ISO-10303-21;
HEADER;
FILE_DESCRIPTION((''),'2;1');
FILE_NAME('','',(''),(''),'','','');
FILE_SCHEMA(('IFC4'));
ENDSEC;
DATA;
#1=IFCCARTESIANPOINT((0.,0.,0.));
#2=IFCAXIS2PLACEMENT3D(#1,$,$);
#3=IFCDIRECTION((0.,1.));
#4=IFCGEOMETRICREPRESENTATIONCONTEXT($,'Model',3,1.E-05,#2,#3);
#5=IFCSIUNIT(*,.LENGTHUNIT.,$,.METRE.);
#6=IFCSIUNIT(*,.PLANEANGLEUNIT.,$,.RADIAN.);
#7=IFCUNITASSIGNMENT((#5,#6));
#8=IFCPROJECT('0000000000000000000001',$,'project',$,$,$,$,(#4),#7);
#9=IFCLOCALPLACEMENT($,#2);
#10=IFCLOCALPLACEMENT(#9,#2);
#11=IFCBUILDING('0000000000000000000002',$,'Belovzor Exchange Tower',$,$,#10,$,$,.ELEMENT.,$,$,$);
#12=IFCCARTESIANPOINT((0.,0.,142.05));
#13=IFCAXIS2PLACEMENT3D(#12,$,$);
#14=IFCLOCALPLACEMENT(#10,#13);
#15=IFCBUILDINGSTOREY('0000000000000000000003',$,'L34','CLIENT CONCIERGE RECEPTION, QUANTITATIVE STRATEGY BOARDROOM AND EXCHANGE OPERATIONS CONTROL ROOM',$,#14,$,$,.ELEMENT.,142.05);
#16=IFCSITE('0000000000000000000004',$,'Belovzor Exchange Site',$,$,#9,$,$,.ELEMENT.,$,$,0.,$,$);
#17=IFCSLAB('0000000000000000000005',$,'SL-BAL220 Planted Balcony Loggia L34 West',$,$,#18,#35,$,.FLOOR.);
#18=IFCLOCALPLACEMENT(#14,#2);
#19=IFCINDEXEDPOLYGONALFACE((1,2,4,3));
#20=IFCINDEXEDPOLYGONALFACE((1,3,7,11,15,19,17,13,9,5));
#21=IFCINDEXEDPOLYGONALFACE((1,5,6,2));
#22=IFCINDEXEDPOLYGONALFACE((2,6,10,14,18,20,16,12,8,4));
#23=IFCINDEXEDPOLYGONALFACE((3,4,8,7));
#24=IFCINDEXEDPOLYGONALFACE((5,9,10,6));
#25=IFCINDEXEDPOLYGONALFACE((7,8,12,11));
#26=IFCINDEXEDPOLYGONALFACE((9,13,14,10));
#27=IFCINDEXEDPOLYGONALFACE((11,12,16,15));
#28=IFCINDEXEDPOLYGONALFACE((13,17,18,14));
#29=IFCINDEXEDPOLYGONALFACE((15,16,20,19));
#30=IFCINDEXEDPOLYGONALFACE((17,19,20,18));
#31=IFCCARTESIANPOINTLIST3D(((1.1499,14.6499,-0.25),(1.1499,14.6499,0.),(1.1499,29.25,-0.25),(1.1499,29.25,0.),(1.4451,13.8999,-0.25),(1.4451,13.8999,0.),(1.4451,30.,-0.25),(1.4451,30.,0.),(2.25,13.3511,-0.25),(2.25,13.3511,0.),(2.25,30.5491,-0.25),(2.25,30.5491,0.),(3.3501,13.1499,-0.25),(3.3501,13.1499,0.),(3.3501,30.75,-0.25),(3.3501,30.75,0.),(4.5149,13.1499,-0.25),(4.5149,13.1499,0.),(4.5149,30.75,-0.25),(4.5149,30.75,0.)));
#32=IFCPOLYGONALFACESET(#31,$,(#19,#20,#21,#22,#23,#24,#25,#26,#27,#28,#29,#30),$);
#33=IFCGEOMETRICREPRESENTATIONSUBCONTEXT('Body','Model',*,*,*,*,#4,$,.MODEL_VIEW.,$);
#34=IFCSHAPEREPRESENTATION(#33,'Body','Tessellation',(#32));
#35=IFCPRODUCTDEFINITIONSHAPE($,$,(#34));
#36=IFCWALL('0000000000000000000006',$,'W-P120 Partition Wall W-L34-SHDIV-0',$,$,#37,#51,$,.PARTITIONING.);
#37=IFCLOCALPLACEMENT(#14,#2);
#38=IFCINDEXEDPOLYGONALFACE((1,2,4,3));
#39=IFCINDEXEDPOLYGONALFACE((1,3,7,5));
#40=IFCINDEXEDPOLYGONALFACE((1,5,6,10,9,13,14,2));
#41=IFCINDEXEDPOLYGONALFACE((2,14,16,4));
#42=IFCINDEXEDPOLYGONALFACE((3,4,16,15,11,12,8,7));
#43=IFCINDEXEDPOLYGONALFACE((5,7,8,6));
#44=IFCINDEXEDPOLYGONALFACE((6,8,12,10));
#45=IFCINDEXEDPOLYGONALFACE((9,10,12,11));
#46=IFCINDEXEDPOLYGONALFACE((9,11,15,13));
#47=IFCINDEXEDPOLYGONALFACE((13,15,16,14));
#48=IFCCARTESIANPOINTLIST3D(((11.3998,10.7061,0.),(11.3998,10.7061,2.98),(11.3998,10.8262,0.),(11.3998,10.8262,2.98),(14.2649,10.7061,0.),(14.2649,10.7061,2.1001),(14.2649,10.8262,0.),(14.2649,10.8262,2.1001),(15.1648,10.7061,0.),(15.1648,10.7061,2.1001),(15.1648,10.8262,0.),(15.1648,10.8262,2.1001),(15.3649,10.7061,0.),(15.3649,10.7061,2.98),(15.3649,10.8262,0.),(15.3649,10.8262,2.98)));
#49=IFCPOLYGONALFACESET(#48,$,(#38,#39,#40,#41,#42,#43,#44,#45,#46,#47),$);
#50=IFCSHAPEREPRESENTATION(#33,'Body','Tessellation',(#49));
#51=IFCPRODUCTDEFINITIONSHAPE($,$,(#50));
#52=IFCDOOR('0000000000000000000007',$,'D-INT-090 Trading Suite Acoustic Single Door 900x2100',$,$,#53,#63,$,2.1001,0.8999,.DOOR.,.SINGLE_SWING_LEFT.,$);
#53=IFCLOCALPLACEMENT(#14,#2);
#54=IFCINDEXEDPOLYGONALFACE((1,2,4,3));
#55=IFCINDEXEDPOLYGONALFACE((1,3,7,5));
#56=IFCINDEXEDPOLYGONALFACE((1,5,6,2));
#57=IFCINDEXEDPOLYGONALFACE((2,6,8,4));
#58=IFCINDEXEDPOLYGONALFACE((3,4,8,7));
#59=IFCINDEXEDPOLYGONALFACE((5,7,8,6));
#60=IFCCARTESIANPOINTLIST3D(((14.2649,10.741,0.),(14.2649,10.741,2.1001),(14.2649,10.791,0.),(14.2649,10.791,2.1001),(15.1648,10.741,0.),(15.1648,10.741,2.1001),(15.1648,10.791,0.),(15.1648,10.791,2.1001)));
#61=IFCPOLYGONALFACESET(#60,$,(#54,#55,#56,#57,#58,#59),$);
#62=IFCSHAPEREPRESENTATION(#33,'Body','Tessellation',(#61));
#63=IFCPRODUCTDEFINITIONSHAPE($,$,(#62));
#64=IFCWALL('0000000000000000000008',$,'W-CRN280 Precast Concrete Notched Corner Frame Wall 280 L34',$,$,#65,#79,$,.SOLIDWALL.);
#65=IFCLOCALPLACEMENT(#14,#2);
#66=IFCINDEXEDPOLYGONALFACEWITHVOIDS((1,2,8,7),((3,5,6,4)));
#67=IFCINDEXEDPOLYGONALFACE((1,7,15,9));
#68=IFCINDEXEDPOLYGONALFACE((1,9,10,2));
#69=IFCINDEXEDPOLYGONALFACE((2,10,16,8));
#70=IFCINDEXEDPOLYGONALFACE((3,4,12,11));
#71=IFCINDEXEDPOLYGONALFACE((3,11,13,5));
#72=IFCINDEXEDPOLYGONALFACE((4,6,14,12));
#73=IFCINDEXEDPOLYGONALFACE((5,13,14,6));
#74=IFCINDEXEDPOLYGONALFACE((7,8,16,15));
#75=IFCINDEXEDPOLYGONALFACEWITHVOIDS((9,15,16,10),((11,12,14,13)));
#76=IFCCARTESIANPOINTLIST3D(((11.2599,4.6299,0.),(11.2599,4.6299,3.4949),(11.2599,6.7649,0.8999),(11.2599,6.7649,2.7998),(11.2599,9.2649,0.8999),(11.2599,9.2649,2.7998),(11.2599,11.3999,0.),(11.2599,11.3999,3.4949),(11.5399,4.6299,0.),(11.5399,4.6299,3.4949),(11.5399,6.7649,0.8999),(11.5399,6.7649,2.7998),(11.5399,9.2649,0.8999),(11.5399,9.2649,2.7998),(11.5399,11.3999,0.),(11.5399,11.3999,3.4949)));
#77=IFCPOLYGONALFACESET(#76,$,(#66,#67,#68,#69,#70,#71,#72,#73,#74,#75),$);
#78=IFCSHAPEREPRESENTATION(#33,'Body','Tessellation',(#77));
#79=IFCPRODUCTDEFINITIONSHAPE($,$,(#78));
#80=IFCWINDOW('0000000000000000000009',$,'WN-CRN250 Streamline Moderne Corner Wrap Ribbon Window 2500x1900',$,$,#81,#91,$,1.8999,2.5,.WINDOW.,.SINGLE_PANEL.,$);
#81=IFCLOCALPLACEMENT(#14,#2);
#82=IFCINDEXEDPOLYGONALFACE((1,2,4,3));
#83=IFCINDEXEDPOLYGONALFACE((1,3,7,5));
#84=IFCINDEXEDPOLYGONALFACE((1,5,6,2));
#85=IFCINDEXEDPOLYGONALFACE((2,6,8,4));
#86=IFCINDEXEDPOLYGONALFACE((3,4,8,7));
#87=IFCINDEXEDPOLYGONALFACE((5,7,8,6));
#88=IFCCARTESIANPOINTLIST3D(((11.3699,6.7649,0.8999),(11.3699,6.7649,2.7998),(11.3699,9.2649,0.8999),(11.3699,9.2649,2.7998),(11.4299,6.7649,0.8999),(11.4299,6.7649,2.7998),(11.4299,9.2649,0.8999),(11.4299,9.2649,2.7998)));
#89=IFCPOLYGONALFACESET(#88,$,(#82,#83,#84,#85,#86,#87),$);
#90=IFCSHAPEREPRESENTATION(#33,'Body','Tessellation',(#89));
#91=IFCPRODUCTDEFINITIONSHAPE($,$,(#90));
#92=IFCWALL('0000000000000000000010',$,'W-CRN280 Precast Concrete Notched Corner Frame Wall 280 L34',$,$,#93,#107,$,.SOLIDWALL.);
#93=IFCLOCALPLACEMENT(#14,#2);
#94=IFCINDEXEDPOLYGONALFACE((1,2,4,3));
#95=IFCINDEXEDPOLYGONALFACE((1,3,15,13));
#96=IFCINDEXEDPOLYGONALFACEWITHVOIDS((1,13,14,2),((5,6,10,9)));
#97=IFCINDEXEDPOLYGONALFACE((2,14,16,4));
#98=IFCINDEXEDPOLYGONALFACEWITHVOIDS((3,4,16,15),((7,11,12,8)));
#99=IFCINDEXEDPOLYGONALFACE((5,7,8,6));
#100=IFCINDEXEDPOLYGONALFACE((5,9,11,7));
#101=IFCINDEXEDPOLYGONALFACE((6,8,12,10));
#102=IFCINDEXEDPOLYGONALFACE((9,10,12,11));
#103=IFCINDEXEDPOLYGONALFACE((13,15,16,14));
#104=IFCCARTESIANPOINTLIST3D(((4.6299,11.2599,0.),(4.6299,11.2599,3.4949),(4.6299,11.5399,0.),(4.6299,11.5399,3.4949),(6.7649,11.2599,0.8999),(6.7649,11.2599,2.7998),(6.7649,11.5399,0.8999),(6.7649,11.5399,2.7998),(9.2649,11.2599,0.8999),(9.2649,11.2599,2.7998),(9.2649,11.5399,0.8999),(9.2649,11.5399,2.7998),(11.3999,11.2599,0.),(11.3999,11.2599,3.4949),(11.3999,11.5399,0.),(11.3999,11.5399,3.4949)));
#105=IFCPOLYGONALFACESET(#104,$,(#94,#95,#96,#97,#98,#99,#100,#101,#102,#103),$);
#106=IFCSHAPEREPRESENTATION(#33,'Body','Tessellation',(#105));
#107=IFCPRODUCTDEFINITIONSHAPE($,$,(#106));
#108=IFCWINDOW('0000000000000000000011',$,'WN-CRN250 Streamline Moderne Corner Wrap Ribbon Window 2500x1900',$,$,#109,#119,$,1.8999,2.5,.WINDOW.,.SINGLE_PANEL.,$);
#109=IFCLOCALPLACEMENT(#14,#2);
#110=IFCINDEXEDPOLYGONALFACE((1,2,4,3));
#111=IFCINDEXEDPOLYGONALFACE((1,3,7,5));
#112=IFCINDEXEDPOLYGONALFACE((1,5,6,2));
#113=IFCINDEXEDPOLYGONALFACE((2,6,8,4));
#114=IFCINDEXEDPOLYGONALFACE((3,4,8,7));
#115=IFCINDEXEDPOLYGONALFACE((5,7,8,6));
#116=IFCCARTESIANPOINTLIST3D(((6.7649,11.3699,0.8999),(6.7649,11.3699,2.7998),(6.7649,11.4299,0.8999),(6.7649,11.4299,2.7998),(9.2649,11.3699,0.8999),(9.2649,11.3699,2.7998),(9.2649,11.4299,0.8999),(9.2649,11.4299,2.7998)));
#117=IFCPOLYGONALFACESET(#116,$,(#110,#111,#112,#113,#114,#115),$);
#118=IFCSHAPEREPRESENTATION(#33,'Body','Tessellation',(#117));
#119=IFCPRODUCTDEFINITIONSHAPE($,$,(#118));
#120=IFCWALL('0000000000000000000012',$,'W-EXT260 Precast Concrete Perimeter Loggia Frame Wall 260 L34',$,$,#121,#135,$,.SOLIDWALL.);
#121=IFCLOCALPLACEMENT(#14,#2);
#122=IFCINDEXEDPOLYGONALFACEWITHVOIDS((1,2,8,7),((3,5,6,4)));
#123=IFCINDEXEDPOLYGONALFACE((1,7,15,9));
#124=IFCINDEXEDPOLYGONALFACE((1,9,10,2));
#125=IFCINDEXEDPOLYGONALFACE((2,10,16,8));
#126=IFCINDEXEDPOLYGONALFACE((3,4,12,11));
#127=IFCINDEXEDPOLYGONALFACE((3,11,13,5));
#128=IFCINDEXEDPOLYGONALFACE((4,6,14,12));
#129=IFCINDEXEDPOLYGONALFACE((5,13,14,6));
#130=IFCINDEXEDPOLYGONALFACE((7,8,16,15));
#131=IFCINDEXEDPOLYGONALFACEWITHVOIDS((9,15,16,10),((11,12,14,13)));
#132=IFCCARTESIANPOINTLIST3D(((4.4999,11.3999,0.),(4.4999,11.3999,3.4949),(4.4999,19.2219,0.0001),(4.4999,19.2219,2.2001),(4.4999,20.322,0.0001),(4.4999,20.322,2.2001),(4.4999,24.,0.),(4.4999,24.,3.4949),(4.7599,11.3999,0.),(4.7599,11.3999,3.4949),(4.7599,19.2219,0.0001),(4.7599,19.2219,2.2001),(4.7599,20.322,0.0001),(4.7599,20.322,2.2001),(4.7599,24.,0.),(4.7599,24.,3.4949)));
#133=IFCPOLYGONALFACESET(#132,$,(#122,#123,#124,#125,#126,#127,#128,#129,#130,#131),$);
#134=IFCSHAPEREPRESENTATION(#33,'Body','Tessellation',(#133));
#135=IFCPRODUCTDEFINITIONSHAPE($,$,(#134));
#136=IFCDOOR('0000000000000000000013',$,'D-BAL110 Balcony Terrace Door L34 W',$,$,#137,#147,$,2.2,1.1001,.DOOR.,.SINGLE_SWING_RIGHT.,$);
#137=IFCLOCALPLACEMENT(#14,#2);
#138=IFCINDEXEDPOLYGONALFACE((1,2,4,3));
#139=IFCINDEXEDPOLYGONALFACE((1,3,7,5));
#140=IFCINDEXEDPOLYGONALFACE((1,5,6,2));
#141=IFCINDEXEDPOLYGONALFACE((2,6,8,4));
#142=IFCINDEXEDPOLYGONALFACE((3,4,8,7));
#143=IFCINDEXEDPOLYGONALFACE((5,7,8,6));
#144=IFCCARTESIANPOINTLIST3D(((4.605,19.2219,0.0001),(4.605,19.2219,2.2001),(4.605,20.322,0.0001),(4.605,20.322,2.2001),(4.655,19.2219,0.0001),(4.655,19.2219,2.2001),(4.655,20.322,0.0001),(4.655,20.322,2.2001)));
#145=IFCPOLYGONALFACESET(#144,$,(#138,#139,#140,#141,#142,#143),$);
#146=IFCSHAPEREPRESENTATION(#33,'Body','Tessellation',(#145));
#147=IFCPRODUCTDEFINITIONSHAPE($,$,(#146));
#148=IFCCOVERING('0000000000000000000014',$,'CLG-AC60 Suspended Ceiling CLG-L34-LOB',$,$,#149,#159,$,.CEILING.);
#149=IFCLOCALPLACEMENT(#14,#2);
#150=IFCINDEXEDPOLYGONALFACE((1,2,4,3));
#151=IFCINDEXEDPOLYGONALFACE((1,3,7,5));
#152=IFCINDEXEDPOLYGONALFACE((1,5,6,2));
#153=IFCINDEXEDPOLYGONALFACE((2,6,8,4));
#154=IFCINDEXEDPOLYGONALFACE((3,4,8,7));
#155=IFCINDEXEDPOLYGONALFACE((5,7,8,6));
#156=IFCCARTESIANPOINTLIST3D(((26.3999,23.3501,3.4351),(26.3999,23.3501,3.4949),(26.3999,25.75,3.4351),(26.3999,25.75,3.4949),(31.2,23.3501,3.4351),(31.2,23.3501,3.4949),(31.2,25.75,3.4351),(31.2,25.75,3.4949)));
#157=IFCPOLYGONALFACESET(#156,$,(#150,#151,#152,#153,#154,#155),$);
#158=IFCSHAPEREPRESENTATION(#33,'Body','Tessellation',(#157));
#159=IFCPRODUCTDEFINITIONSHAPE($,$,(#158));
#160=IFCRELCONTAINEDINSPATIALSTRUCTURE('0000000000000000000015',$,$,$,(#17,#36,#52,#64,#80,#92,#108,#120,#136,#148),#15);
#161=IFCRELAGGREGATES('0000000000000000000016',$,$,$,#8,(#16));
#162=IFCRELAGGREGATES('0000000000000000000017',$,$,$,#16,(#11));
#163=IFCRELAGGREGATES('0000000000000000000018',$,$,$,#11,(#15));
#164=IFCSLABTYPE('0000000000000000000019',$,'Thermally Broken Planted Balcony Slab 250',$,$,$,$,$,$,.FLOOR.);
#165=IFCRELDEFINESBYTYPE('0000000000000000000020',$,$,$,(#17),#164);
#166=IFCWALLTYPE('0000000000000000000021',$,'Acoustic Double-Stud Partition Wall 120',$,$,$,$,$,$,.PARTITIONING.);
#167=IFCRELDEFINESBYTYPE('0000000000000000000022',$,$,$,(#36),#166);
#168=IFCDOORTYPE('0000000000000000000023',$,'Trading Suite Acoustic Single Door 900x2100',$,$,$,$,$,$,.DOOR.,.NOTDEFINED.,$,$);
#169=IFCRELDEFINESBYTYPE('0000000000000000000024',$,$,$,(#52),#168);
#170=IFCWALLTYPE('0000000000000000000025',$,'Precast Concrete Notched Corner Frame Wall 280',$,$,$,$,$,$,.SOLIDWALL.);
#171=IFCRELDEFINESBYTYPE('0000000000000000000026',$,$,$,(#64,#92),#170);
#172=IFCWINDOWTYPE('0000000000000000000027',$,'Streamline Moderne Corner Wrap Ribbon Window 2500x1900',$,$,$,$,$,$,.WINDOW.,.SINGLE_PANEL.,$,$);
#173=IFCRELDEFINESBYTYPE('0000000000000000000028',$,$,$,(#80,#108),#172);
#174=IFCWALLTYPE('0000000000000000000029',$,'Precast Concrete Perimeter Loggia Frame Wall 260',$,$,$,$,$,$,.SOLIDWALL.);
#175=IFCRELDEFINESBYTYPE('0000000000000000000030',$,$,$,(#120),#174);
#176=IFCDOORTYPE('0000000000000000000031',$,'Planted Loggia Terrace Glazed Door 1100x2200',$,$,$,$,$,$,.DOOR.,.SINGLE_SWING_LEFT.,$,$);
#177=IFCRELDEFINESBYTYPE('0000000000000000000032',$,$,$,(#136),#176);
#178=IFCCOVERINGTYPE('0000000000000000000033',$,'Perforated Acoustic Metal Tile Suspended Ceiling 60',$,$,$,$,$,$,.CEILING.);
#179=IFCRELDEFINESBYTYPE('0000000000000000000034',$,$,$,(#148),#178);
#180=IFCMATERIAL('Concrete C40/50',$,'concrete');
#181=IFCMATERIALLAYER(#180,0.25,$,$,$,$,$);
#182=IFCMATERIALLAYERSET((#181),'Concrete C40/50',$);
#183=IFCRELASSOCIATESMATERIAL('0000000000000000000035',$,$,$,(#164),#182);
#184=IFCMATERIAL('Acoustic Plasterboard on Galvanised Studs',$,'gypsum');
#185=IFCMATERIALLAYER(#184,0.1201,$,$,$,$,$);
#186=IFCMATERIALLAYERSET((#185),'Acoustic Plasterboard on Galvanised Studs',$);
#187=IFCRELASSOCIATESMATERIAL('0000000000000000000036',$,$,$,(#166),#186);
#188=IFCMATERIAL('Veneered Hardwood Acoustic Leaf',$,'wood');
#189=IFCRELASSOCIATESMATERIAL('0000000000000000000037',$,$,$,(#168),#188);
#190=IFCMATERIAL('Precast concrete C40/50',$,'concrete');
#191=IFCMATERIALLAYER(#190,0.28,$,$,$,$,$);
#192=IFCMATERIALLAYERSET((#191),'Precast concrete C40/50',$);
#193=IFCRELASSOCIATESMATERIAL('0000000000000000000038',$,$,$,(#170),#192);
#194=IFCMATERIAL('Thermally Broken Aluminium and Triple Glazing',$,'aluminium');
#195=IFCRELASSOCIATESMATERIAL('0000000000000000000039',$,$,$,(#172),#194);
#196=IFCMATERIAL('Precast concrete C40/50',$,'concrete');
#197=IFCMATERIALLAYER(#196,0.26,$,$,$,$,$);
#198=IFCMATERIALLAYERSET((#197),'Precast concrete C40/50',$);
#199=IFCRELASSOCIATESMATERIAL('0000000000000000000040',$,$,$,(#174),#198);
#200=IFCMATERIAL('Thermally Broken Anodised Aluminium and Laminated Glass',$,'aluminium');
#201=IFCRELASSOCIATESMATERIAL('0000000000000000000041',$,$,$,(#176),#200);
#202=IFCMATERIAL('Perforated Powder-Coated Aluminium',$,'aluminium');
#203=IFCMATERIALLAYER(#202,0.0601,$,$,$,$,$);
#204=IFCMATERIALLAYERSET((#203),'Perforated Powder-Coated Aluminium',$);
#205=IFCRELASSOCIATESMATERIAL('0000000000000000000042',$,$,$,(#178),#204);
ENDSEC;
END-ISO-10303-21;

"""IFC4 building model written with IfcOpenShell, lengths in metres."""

from ifc_helpers import new_model, si_unit, direction, frame, frame_2d, origin, place, context, subcontext, project, spatial, polyline, rectangle, outline, extrude, material, layer, layer_set, type_object, element, fill, save


model = new_model("IFC4")

# Units and contexts
model_context = context("Model", 3, precision=1e-05, world=origin(), true_north=direction((0.0, 1.0)))
body_context = subcontext(model_context, "Body", "Model", "MODEL_VIEW")
ifc_project = project(units=[si_unit("LENGTHUNIT", "METRE"), si_unit("PLANEANGLEUNIT", "RADIAN")], contexts=[model_context])

# Site, building, storey
site_placement = place(None, origin())
site = spatial("IfcSite", under=ifc_project, at=site_placement, Name="Belovzor Exchange Site", CompositionType="ELEMENT", RefElevation=0.0)
building_placement = place(site_placement, origin())
building = spatial("IfcBuilding", under=site, at=building_placement, Name="Belovzor Exchange Tower", CompositionType="ELEMENT")
storey_placement = place(building_placement, frame((0.0, 0.0, 142.05)))
storey = spatial("IfcBuildingStorey", under=building, at=storey_placement, Name="L34", Description="CLIENT CONCIERGE RECEPTION, QUANTITATIVE STRATEGY BOARDROOM AND EXCHANGE OPERATIONS CONTROL ROOM", CompositionType="ELEMENT", Elevation=142.05)

# Slab
ifc_material_1 = material(Name="Concrete C40/50", Category="concrete")
ifc_layer_1 = layer(ifc_material_1, 0.25)
ifc_layer_set_1 = layer_set([ifc_layer_1], Name="Concrete C40/50")
slab_type_1 = type_object("IfcSlabType", Name="Thermally Broken Planted Balcony Slab 250", PredefinedType="FLOOR", material=ifc_layer_set_1)
slab_1_placement = place(storey_placement, frame((0.0, 0.0, -0.25)))
element("IfcSlab", 1, at=slab_1_placement, inside=storey, type_object=slab_type_1, Name="SL-BAL220 Planted Balcony Loggia L34 West", PredefinedType="FLOOR", context=body_context, shape_type="SweptSolid", body=[
    extrude(outline(polyline([(4.5149, 30.75), (3.3501, 30.75), (2.25, 30.5491), (1.4451, 30.0), (1.1499, 29.25), (1.1499, 14.6499), (1.4451, 13.8999), (2.25, 13.3511), (3.3501, 13.1499), (4.5149, 13.1499), (4.5149, 30.75)])), origin(), (0.0, 0.0, 1.0), 0.25),
])

# Wall, opening, door
ifc_material_2 = material(Name="Acoustic Plasterboard on Galvanised Studs", Category="gypsum")
ifc_layer_2 = layer(ifc_material_2, 0.1201)
ifc_layer_set_2 = layer_set([ifc_layer_2], Name="Acoustic Plasterboard on Galvanised Studs")
wall_type_1 = type_object("IfcWallType", Name="Acoustic Double-Stud Partition Wall 120", PredefinedType="PARTITIONING", material=ifc_layer_set_2)
wall_1_placement = place(storey_placement, frame((11.3999, 10.7661, 0.0), z_axis=(0.0, 0.0, 1.0), x_axis=(1.0, 0.0, 0.0)))
wall_1 = element("IfcWall", 2, at=wall_1_placement, inside=storey, type_object=wall_type_1, Name="W-P120 Partition Wall W-L34-SHDIV-0", PredefinedType="PARTITIONING", context=body_context, shape_type="SweptSolid", body=[
    extrude(rectangle(XDim=3.9651, YDim=0.1201, at=frame_2d((1.9824, 0.0))), origin(), (0.0, 0.0, 1.0), 2.98),
])
opening_1_placement = place(wall_1_placement, frame((2.865, 0.0, 0.0)))
opening_1 = element("IfcOpeningElement", 3, at=opening_1_placement, cuts=wall_1, PredefinedType="OPENING", context=body_context, shape_type="SweptSolid", body=[
    extrude(rectangle(XDim=0.8999, YDim=2.1001, at=frame_2d((0.45, 1.05))), frame((0.0, 0.0701, 0.0), z_axis=(0.0, -1.0, 0.0), x_axis=(1.0, 0.0, 0.0)), (0.0, 0.0, 1.0), 0.1401),
])
ifc_material_3 = material(Name="Veneered Hardwood Acoustic Leaf", Category="wood")
door_type_1 = type_object("IfcDoorType", Name="Trading Suite Acoustic Single Door 900x2100", OperationType="NOTDEFINED", PredefinedType="DOOR", material=ifc_material_3)
door_1_placement = place(opening_1_placement, origin())
door_1 = element("IfcDoor", 4, at=door_1_placement, inside=storey, type_object=door_type_1, Name="D-INT-090 Trading Suite Acoustic Single Door 900x2100", OperationType="SINGLE_SWING_LEFT", OverallHeight=2.1001, OverallWidth=0.8999, PredefinedType="DOOR", context=body_context, shape_type="SweptSolid", body=[
    extrude(rectangle(XDim=0.8999, YDim=2.1001, at=frame_2d((0.45, 1.05))), frame((0.0, 0.0249, 0.0), z_axis=(0.0, -1.0, 0.0), x_axis=(1.0, 0.0, 0.0)), (0.0, 0.0, 1.0), 0.05),
])
fill(opening_1, door_1)

# Walls, openings, windows
ifc_material_4 = material(Name="Precast concrete C40/50", Category="concrete")
ifc_layer_3 = layer(ifc_material_4, 0.28)
ifc_layer_set_3 = layer_set([ifc_layer_3], Name="Precast concrete C40/50")
wall_type_2 = type_object("IfcWallType", Name="Precast Concrete Notched Corner Frame Wall 280", PredefinedType="SOLIDWALL", material=ifc_layer_set_3)
wall_2_placement = place(storey_placement, frame((11.3999, 4.6299, 0.0), z_axis=(0.0, 0.0, 1.0), x_axis=(0.0, 1.0, 0.0)))
wall_2 = element("IfcWall", 5, at=wall_2_placement, inside=storey, type_object=wall_type_2, Name="W-CRN280 Precast Concrete Notched Corner Frame Wall 280 L34", PredefinedType="SOLIDWALL", context=body_context, shape_type="SweptSolid", body=[
    extrude(rectangle(XDim=6.77, YDim=0.28, at=frame_2d((3.385, 0.0))), origin(), (0.0, 0.0, 1.0), 3.4949),
])
opening_2_placement = place(wall_2_placement, frame((2.135, 0.0, 0.8999)))
opening_2 = element("IfcOpeningElement", 6, at=opening_2_placement, cuts=wall_2, PredefinedType="OPENING", context=body_context, shape_type="SweptSolid", body=[
    extrude(rectangle(XDim=2.5, YDim=1.8999, at=frame_2d((1.25, 0.95))), frame((0.0, 0.1499, 0.0), z_axis=(0.0, -1.0, 0.0), x_axis=(1.0, 0.0, 0.0)), (0.0, 0.0, 1.0), 0.3),
])
ifc_material_5 = material(Name="Thermally Broken Aluminium and Triple Glazing", Category="aluminium")
window_type = type_object("IfcWindowType", Name="Streamline Moderne Corner Wrap Ribbon Window 2500x1900", PartitioningType="SINGLE_PANEL", PredefinedType="WINDOW", material=ifc_material_5)
window_1_placement = place(opening_2_placement, origin())
window_1 = element("IfcWindow", 7, at=window_1_placement, inside=storey, type_object=window_type, Name="WN-CRN250 Streamline Moderne Corner Wrap Ribbon Window 2500x1900", OverallHeight=1.8999, OverallWidth=2.5, PartitioningType="SINGLE_PANEL", PredefinedType="WINDOW", context=body_context, shape_type="SweptSolid", body=[
    extrude(rectangle(XDim=2.5, YDim=1.8999, at=frame_2d((1.25, 0.95))), frame((0.0, 0.03, 0.0), z_axis=(0.0, -1.0, 0.0), x_axis=(1.0, 0.0, 0.0)), (0.0, 0.0, 1.0), 0.0601),
])
fill(opening_2, window_1)
wall_3_placement = place(storey_placement, frame((11.3999, 11.3999, 0.0), z_axis=(0.0, 0.0, 1.0), x_axis=(-1.0, 0.0, 0.0)))
wall_3 = element("IfcWall", 8, at=wall_3_placement, inside=storey, type_object=wall_type_2, Name="W-CRN280 Precast Concrete Notched Corner Frame Wall 280 L34", PredefinedType="SOLIDWALL", context=body_context, shape_type="SweptSolid", body=[
    extrude(rectangle(XDim=6.77, YDim=0.28, at=frame_2d((3.385, 0.0))), origin(), (0.0, 0.0, 1.0), 3.4949),
])
opening_3_placement = place(wall_3_placement, frame((2.135, 0.0, 0.8999)))
opening_3 = element("IfcOpeningElement", 9, at=opening_3_placement, cuts=wall_3, PredefinedType="OPENING", context=body_context, shape_type="SweptSolid", body=[
    extrude(rectangle(XDim=2.5, YDim=1.8999, at=frame_2d((1.25, 0.95))), frame((0.0, 0.1499, 0.0), z_axis=(0.0, -1.0, 0.0), x_axis=(1.0, 0.0, 0.0)), (0.0, 0.0, 1.0), 0.3),
])
window_2_placement = place(opening_3_placement, origin())
window_2 = element("IfcWindow", 10, at=window_2_placement, inside=storey, type_object=window_type, Name="WN-CRN250 Streamline Moderne Corner Wrap Ribbon Window 2500x1900", OverallHeight=1.8999, OverallWidth=2.5, PartitioningType="SINGLE_PANEL", PredefinedType="WINDOW", context=body_context, shape_type="SweptSolid", body=[
    extrude(rectangle(XDim=2.5, YDim=1.8999, at=frame_2d((1.25, 0.95))), frame((0.0, 0.03, 0.0), z_axis=(0.0, -1.0, 0.0), x_axis=(1.0, 0.0, 0.0)), (0.0, 0.0, 1.0), 0.0601),
])
fill(opening_3, window_2)

# Wall, opening, door
ifc_material_6 = material(Name="Precast concrete C40/50", Category="concrete")
ifc_layer_4 = layer(ifc_material_6, 0.26)
ifc_layer_set_4 = layer_set([ifc_layer_4], Name="Precast concrete C40/50")
wall_type_3 = type_object("IfcWallType", Name="Precast Concrete Perimeter Loggia Frame Wall 260", PredefinedType="SOLIDWALL", material=ifc_layer_set_4)
wall_4_placement = place(storey_placement, frame((4.6299, 11.3999, 0.0), z_axis=(0.0, 0.0, 1.0), x_axis=(0.0, 1.0, 0.0)))
wall_4 = element("IfcWall", 11, at=wall_4_placement, inside=storey, type_object=wall_type_3, Name="W-EXT260 Precast Concrete Perimeter Loggia Frame Wall 260 L34", PredefinedType="SOLIDWALL", context=body_context, shape_type="SweptSolid", body=[
    extrude(rectangle(XDim=12.6001, YDim=0.26, at=frame_2d((6.3, 0.0))), origin(), (0.0, 0.0, 1.0), 3.4949),
])
opening_4_placement = place(wall_4_placement, frame((7.822, 0.0, 0.0)))
opening_4 = element("IfcOpeningElement", 12, at=opening_4_placement, cuts=wall_4, PredefinedType="OPENING", context=body_context, shape_type="SweptSolid", body=[
    extrude(rectangle(XDim=1.1001, YDim=2.2, at=frame_2d((0.55, 1.1001))), frame((0.0, 0.1399, 0.0), z_axis=(0.0, -1.0, 0.0), x_axis=(1.0, 0.0, 0.0)), (0.0, 0.0, 1.0), 0.28),
])
ifc_material_7 = material(Name="Thermally Broken Anodised Aluminium and Laminated Glass", Category="aluminium")
door_type_2 = type_object("IfcDoorType", Name="Planted Loggia Terrace Glazed Door 1100x2200", OperationType="SINGLE_SWING_LEFT", PredefinedType="DOOR", material=ifc_material_7)
door_2_placement = place(opening_4_placement, origin())
door_2 = element("IfcDoor", 13, at=door_2_placement, inside=storey, type_object=door_type_2, Name="D-BAL110 Balcony Terrace Door L34 W", OperationType="SINGLE_SWING_RIGHT", OverallHeight=2.2, OverallWidth=1.1001, PredefinedType="DOOR", context=body_context, shape_type="SweptSolid", body=[
    extrude(rectangle(XDim=1.1001, YDim=2.2, at=frame_2d((0.55, 1.1001))), frame((0.0, 0.0249, 0.0), z_axis=(0.0, -1.0, 0.0), x_axis=(1.0, 0.0, 0.0)), (0.0, 0.0, 1.0), 0.05),
])
fill(opening_4, door_2)

# Covering
ifc_material_8 = material(Name="Perforated Powder-Coated Aluminium", Category="aluminium")
ifc_layer_5 = layer(ifc_material_8, 0.0601)
ifc_layer_set_5 = layer_set([ifc_layer_5], Name="Perforated Powder-Coated Aluminium")
covering_type_1 = type_object("IfcCoveringType", Name="Perforated Acoustic Metal Tile Suspended Ceiling 60", PredefinedType="CEILING", material=ifc_layer_set_5)
covering_1_placement = place(storey_placement, frame((0.0, 0.0, 3.4351)))
element("IfcCovering", 14, at=covering_1_placement, inside=storey, type_object=covering_type_1, Name="CLG-AC60 Suspended Ceiling CLG-L34-LOB", PredefinedType="CEILING", context=body_context, shape_type="SweptSolid", body=[
    extrude(outline(polyline([(26.3999, 23.3501), (31.2, 23.3501), (31.2, 25.75), (26.3999, 25.75), (26.3999, 23.3501)])), origin(), (0.0, 0.0, 1.0), 0.0598),
])

save(model, "model.ifc")
